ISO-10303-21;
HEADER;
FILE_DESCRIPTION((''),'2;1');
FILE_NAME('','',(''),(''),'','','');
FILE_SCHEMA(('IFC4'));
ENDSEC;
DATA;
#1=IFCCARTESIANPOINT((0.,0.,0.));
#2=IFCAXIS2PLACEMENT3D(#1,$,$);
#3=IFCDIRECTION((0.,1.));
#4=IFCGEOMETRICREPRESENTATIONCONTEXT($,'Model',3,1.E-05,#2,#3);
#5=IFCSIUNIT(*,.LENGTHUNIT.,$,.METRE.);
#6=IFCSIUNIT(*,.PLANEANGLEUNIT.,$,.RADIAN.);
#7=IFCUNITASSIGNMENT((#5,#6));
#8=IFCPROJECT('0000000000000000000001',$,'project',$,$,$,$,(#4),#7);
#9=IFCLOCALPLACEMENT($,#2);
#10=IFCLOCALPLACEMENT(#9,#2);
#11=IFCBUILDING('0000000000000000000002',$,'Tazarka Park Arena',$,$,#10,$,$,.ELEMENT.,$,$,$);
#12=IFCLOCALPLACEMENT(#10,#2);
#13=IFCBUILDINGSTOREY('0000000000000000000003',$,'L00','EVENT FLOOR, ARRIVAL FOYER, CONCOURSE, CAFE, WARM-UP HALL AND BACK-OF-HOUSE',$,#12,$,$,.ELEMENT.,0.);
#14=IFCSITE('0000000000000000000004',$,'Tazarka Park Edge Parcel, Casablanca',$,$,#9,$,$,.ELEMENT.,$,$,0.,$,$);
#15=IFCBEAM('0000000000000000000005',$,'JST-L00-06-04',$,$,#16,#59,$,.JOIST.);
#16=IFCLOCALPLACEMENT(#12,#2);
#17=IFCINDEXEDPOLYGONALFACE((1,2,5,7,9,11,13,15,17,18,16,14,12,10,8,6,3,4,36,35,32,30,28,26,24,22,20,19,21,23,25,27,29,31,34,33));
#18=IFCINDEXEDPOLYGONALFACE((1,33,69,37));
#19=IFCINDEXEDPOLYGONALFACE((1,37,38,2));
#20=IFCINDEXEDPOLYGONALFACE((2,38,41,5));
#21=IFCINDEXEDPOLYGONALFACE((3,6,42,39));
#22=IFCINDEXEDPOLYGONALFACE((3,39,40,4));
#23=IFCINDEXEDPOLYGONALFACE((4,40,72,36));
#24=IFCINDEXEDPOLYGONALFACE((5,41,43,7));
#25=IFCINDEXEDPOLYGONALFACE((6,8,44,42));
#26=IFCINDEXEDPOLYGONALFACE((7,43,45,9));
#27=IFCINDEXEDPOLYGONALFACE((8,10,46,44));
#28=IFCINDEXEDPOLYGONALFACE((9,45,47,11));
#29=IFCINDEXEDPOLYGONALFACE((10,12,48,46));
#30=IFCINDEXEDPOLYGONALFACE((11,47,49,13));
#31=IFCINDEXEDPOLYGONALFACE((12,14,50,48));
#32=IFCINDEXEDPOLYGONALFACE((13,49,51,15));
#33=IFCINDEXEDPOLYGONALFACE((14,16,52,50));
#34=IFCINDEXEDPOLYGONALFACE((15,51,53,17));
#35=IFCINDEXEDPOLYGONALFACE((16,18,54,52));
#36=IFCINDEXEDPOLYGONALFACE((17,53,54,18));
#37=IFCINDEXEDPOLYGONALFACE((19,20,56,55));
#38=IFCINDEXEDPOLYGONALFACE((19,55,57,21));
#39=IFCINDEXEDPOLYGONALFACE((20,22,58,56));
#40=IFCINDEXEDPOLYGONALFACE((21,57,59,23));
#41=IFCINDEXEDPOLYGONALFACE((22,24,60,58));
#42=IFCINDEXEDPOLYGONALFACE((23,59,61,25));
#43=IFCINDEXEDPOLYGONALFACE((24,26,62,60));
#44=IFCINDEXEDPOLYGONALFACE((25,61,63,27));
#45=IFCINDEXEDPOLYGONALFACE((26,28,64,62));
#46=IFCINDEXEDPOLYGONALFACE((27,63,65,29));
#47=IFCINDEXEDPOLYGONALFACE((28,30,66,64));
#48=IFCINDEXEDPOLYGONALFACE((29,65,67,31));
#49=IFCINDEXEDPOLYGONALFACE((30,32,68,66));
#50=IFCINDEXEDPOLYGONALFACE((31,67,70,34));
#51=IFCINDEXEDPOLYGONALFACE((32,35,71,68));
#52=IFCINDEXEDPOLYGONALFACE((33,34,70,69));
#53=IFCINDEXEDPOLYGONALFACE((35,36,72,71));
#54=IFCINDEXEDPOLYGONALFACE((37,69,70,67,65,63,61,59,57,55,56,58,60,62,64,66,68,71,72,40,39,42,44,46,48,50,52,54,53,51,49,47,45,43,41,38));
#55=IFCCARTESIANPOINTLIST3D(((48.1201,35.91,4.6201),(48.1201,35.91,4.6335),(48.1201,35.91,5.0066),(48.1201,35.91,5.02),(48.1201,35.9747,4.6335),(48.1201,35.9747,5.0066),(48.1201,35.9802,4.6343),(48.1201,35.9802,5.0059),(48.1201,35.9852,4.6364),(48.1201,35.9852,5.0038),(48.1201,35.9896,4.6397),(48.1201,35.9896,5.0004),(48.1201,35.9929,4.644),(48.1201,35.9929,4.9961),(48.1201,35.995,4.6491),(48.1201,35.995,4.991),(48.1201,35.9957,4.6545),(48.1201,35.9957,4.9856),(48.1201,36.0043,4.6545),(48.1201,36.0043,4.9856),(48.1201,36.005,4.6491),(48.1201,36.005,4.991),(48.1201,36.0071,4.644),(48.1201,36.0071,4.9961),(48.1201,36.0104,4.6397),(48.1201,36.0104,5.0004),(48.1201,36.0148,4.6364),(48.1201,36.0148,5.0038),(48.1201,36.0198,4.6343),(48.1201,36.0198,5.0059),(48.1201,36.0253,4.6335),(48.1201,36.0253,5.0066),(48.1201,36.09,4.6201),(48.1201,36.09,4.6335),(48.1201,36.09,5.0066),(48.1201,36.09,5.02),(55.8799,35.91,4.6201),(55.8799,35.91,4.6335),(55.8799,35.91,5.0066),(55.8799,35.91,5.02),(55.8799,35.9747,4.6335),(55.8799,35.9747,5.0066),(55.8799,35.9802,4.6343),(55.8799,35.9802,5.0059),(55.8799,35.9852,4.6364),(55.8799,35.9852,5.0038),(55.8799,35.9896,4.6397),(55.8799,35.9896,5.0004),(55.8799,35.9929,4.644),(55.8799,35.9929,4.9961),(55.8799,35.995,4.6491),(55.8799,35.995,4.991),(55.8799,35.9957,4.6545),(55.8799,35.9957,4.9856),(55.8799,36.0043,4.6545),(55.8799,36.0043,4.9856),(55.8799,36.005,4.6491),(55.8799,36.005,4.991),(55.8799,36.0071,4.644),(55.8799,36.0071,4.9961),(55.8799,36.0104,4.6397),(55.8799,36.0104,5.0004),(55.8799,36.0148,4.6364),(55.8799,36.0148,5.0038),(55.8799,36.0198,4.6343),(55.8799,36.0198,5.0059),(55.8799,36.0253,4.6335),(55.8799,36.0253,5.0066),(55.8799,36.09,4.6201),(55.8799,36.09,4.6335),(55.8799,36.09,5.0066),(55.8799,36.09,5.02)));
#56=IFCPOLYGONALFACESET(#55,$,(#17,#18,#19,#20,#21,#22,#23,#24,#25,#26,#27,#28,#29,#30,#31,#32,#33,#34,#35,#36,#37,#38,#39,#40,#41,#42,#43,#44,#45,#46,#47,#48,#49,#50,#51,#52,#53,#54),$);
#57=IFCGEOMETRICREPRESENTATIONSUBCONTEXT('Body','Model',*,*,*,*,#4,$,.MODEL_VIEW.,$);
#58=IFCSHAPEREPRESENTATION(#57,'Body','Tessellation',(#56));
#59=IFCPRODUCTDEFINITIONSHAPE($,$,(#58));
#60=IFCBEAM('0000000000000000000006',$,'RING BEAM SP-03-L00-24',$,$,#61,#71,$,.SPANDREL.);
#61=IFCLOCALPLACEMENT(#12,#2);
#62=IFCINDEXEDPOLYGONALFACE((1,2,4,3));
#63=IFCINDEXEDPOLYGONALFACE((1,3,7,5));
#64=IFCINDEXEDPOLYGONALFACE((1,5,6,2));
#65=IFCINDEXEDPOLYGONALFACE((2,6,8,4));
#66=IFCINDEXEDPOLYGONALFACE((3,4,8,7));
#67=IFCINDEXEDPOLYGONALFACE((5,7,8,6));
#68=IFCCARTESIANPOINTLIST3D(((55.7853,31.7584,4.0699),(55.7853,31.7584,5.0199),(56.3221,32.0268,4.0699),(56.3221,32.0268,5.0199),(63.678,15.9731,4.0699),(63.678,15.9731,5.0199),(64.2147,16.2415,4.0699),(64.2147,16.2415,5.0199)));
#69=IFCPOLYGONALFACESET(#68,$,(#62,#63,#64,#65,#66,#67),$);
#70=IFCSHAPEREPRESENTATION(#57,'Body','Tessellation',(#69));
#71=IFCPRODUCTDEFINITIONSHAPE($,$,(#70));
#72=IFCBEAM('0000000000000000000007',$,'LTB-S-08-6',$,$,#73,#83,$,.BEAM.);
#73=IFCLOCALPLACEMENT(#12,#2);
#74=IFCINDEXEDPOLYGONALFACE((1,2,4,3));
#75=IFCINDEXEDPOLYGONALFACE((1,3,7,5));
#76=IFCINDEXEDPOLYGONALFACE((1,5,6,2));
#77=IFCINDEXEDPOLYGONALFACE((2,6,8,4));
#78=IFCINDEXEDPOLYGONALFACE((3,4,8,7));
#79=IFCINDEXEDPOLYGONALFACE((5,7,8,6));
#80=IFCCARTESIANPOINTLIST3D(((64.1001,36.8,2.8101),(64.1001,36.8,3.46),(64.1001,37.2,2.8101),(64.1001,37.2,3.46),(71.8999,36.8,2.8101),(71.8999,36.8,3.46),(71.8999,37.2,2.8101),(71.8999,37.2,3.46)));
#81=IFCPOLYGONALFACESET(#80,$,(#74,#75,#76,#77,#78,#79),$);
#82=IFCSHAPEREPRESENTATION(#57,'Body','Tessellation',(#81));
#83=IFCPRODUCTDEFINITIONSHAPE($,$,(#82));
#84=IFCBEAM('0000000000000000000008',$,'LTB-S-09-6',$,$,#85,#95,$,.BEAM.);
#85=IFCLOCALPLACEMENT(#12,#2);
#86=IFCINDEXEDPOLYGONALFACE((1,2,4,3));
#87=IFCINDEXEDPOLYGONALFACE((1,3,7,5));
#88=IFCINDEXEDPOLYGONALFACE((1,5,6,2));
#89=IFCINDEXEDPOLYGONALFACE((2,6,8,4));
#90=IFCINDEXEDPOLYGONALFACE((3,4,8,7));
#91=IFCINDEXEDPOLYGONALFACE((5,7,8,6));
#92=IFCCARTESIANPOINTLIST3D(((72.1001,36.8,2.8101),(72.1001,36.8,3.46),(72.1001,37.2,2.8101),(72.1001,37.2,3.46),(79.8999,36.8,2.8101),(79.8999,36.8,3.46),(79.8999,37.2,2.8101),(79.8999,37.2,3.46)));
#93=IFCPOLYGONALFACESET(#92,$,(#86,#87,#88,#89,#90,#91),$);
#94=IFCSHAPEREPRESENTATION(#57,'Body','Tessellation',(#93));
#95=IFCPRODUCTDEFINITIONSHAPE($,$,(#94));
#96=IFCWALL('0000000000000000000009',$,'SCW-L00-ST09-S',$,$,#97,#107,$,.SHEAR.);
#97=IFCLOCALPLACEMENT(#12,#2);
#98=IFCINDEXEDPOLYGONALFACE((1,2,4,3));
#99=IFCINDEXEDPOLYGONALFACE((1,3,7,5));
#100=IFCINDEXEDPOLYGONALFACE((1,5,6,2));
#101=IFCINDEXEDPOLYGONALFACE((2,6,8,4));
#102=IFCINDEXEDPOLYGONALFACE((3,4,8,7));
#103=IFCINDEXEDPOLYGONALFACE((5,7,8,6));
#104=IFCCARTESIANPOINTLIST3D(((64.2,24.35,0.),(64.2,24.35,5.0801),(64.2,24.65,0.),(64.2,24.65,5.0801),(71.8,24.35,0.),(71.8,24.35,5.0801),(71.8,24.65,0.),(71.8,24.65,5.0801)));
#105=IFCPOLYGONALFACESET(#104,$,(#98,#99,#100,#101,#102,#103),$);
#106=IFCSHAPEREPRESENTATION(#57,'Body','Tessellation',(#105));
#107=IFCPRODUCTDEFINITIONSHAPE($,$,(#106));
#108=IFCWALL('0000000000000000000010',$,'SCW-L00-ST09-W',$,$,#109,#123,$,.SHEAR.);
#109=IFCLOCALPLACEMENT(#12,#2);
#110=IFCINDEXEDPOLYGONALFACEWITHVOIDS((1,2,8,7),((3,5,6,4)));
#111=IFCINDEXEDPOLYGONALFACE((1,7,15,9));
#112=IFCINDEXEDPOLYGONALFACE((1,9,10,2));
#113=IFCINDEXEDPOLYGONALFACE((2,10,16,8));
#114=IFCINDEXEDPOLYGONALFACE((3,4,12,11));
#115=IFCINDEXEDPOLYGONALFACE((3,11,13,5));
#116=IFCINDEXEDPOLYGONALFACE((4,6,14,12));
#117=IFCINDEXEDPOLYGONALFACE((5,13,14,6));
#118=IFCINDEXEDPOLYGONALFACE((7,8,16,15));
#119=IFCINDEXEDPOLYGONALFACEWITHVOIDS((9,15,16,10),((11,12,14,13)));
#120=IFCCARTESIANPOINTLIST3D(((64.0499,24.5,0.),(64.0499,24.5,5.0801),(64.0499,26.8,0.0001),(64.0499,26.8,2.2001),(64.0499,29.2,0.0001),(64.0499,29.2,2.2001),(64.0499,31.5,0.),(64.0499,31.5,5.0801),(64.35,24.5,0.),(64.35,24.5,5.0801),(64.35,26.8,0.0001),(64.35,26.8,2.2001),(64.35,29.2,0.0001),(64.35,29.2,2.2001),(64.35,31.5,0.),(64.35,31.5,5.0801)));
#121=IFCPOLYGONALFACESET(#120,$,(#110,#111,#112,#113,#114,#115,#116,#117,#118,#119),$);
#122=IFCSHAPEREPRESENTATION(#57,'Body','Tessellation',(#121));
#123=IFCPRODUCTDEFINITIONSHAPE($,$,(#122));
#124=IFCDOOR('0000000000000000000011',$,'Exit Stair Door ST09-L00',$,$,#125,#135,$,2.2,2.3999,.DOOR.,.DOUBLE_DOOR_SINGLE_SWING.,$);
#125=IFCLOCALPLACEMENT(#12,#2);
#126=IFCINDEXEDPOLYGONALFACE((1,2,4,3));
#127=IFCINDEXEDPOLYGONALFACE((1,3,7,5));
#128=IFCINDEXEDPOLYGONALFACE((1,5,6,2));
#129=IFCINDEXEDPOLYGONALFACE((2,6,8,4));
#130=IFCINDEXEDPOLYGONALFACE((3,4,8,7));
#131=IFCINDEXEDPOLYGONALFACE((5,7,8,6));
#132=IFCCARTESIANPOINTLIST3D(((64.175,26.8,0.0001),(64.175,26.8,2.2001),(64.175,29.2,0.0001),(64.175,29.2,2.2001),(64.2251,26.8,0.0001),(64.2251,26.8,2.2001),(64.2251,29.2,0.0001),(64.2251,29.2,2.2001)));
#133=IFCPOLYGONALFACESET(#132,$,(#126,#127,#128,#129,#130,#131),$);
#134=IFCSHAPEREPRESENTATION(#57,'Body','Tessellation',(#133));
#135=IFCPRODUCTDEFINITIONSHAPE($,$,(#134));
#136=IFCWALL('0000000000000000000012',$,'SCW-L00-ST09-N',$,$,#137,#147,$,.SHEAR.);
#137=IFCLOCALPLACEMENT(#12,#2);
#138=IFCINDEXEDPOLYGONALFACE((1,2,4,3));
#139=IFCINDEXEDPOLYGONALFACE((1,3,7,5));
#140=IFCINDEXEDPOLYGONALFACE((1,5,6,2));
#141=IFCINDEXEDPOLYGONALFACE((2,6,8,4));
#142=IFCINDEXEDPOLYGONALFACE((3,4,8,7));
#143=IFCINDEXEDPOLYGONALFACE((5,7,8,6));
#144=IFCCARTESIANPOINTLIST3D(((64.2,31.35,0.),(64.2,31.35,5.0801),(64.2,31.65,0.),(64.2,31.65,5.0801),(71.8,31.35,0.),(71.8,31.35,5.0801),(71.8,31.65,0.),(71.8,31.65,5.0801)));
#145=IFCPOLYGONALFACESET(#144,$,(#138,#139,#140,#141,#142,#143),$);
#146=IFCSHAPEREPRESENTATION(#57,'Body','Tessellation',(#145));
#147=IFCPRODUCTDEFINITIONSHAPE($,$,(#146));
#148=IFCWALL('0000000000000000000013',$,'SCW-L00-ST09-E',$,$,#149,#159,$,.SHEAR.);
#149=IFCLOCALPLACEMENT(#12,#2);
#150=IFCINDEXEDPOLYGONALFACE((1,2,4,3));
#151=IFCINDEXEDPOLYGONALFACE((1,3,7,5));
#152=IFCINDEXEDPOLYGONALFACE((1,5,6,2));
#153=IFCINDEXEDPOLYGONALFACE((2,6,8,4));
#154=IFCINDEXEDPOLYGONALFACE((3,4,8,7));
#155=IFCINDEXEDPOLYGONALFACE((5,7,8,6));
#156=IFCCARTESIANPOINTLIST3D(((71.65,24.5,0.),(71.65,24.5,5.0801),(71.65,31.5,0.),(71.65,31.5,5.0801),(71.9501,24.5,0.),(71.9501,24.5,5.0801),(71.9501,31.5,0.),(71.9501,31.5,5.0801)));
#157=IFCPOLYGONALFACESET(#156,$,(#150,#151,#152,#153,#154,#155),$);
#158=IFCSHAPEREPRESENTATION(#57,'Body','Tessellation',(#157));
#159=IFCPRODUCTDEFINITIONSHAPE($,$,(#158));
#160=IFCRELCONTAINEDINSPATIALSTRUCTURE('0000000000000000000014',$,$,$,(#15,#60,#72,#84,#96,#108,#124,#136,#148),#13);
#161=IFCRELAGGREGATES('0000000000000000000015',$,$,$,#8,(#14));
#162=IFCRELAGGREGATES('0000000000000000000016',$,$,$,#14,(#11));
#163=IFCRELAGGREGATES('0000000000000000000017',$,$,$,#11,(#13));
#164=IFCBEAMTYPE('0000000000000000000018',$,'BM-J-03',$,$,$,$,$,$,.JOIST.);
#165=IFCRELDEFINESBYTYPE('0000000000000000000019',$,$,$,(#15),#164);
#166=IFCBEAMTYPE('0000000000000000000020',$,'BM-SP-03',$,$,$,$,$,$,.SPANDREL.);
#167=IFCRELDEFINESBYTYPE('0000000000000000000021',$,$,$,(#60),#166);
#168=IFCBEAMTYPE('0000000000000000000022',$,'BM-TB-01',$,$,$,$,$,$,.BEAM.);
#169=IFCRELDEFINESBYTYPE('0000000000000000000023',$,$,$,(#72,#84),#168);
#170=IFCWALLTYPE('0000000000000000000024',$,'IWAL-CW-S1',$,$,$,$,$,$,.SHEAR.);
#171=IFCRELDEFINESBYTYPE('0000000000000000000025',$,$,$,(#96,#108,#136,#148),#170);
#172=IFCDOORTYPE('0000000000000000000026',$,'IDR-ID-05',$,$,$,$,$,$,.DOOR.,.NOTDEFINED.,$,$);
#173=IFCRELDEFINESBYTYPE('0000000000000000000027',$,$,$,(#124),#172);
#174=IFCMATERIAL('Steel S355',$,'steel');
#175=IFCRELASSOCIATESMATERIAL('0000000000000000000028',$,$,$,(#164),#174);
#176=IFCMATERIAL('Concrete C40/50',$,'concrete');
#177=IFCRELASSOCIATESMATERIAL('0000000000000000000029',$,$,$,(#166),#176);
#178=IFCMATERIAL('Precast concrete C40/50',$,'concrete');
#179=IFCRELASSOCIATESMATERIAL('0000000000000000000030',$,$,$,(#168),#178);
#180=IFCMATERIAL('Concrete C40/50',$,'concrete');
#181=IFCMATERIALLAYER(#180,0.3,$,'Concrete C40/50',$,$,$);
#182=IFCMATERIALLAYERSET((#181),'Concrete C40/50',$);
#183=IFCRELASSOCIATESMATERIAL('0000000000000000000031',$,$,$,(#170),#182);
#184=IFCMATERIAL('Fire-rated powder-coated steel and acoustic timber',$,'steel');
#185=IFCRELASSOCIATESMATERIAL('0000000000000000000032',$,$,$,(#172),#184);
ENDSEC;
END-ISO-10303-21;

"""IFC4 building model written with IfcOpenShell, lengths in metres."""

from ifc_helpers import new_model, si_unit, direction, frame, frame_2d, origin, origin_2d, place, context, subcontext, project, spatial, rectangle, i_section, extrude, material, layer, layer_set, material_profile, profile_set, type_object, element, fill, save


model = new_model("IFC4")

# Units and contexts
model_context = context("Model", 3, precision=1e-05, world=origin(), true_north=direction((0.0, 1.0)))
body_context = subcontext(model_context, "Body", "Model", "MODEL_VIEW")
ifc_project = project(units=[si_unit("LENGTHUNIT", "METRE"), si_unit("PLANEANGLEUNIT", "RADIAN")], contexts=[model_context])

# Site, building, storey
site_placement = place(None, origin())
site = spatial("IfcSite", under=ifc_project, at=site_placement, Name="Tazarka Park Edge Parcel, Casablanca", CompositionType="ELEMENT", RefElevation=0.0)
building_placement = place(site_placement, origin())
building = spatial("IfcBuilding", under=site, at=building_placement, Name="Tazarka Park Arena", CompositionType="ELEMENT")
storey_placement = place(building_placement, origin())
storey = spatial("IfcBuildingStorey", under=building, at=storey_placement, Name="L00", Description="EVENT FLOOR, ARRIVAL FOYER, CONCOURSE, CAFE, WARM-UP HALL AND BACK-OF-HOUSE", CompositionType="ELEMENT", Elevation=0.0)

# Beams
ifc_material_1 = material(Name="Steel S355", Category="steel")
ifc_material_profile_1 = material_profile(ifc_material_1, i_section(OverallWidth=0.1799, OverallDepth=0.3999, WebThickness=0.0085, FlangeThickness=0.0134, FilletRadius=0.021, at=origin_2d()), Name="Steel S355")
ifc_profile_set_1 = profile_set([ifc_material_profile_1], Name="Steel S355")
beam_type_1 = type_object("IfcBeamType", Name="BM-J-03", PredefinedType="JOIST", material=ifc_profile_set_1)
beam_1_placement = place(storey_placement, frame((48.1201, 36.0, 4.8201), z_axis=(1.0, 0.0, 0.0), x_axis=(0.0, 1.0, 0.0)))
element("IfcBeam", 1, at=beam_1_placement, inside=storey, type_object=beam_type_1, Name="JST-L00-06-04", PredefinedType="JOIST", context=body_context, shape_type="SweptSolid", body=[
    extrude(i_section(OverallWidth=0.1799, OverallDepth=0.3999, WebThickness=0.0085, FlangeThickness=0.0134, FilletRadius=0.021, at=origin_2d()), origin(), (0.0, 0.0, 1.0), 7.7598),
])
ifc_material_2 = material(Name="Concrete C40/50", Category="concrete")
ifc_material_profile_2 = material_profile(ifc_material_2, rectangle(XDim=0.6001, YDim=0.95, at=origin_2d()), Name="Concrete C40/50")
ifc_profile_set_2 = profile_set([ifc_material_profile_2], Name="Concrete C40/50")
beam_type_2 = type_object("IfcBeamType", Name="BM-SP-03", PredefinedType="SPANDREL", material=ifc_profile_set_2)
beam_2_placement = place(storey_placement, frame((56.0537, 31.8926, 4.5449), z_axis=(0.447214, -0.894427, 0.0), x_axis=(0.894427, 0.447214, 0.0)))
element("IfcBeam", 2, at=beam_2_placement, inside=storey, type_object=beam_type_2, Name="RING BEAM SP-03-L00-24", PredefinedType="SPANDREL", context=body_context, shape_type="SweptSolid", body=[
    extrude(rectangle(XDim=0.6001, YDim=0.95, at=origin_2d()), origin(), (0.0, 0.0, 1.0), 17.6484),
])
ifc_material_3 = material(Name="Precast concrete C40/50", Category="concrete")
ifc_material_profile_3 = material_profile(ifc_material_3, rectangle(XDim=0.3999, YDim=0.6499, at=origin_2d()), Name="Precast concrete C40/50")
ifc_profile_set_3 = profile_set([ifc_material_profile_3], Name="Precast concrete C40/50")
beam_type_3 = type_object("IfcBeamType", Name="BM-TB-01", PredefinedType="BEAM", material=ifc_profile_set_3)
for number, where, z_axis, x_axis, name in (
    (3, (64.1001, 37.0, 3.135), (1.0, 0.0, 0.0), (0.0, 1.0, 0.0), "LTB-S-08-6"),
    (4, (72.1001, 37.0, 3.135), (1.0, 0.0, 0.0), (0.0, 1.0, 0.0), "LTB-S-09-6"),
):
    element("IfcBeam", number, at=place(storey_placement, frame(where, z_axis=z_axis, x_axis=x_axis)), inside=storey, type_object=beam_type_3, Name=name, PredefinedType="BEAM", context=body_context, shape_type="SweptSolid", body=[
        extrude(rectangle(XDim=0.3999, YDim=0.6499, at=origin_2d()), origin(), (0.0, 0.0, 1.0), 7.7998),
    ])

# Wall
ifc_material_4 = material(Name="Concrete C40/50", Category="concrete")
ifc_layer = layer(ifc_material_4, 0.3, Name="Concrete C40/50")
ifc_layer_set = layer_set([ifc_layer], Name="Concrete C40/50")
wall_type = type_object("IfcWallType", Name="IWAL-CW-S1", PredefinedType="SHEAR", material=ifc_layer_set)
wall_1_placement = place(storey_placement, frame((71.8, 24.5, 0.0), z_axis=(0.0, 0.0, 1.0), x_axis=(-1.0, 0.0, 0.0)))
element("IfcWall", 5, at=wall_1_placement, inside=storey, type_object=wall_type, Name="SCW-L00-ST09-S", PredefinedType="SHEAR", context=body_context, shape_type="SweptSolid", body=[
    extrude(rectangle(XDim=7.6001, YDim=0.3, at=frame_2d((3.8, 0.0))), origin(), (0.0, 0.0, 1.0), 5.0801),
])

# Wall, opening, door
wall_2_placement = place(storey_placement, frame((64.2, 24.5, 0.0), z_axis=(0.0, 0.0, 1.0), x_axis=(0.0, 1.0, 0.0)))
wall_2 = element("IfcWall", 6, at=wall_2_placement, inside=storey, type_object=wall_type, Name="SCW-L00-ST09-W", PredefinedType="SHEAR", context=body_context, shape_type="SweptSolid", body=[
    extrude(rectangle(XDim=7.0, YDim=0.3, at=frame_2d((3.5, 0.0))), origin(), (0.0, 0.0, 1.0), 5.0801),
])
opening_placement = place(wall_2_placement, frame((2.3, 0.0, 0.0)))
opening = element("IfcOpeningElement", 7, at=opening_placement, cuts=wall_2, PredefinedType="OPENING", context=body_context, shape_type="SweptSolid", body=[
    extrude(rectangle(XDim=2.3999, YDim=2.2, at=frame_2d((1.2, 1.1001))), frame((0.0, 0.1602, 0.0), z_axis=(0.0, -1.0, 0.0), x_axis=(1.0, 0.0, 0.0)), (0.0, 0.0, 1.0), 0.3201),
])
ifc_material_5 = material(Name="Fire-rated powder-coated steel and acoustic timber", Category="steel")
door_type = type_object("IfcDoorType", Name="IDR-ID-05", OperationType="NOTDEFINED", PredefinedType="DOOR", material=ifc_material_5)
door_placement = place(opening_placement, origin())
door = element("IfcDoor", 8, at=door_placement, inside=storey, type_object=door_type, Name="Exit Stair Door ST09-L00", OperationType="DOUBLE_DOOR_SINGLE_SWING", OverallHeight=2.2, OverallWidth=2.3999, PredefinedType="DOOR", context=body_context, shape_type="SweptSolid", body=[
    extrude(rectangle(XDim=2.3999, YDim=2.2, at=frame_2d((1.2, 1.1001))), frame((0.0, 0.0249, 0.0), z_axis=(0.0, -1.0, 0.0), x_axis=(1.0, 0.0, 0.0)), (0.0, 0.0, 1.0), 0.05),
])
fill(opening, door)

# Walls
wall_3_placement = place(storey_placement, frame((64.2, 31.5, 0.0), z_axis=(0.0, 0.0, 1.0), x_axis=(1.0, 0.0, 0.0)))
element("IfcWall", 9, at=wall_3_placement, inside=storey, type_object=wall_type, Name="SCW-L00-ST09-N", PredefinedType="SHEAR", context=body_context, shape_type="SweptSolid", body=[
    extrude(rectangle(XDim=7.6001, YDim=0.3, at=frame_2d((3.8, 0.0))), origin(), (0.0, 0.0, 1.0), 5.0801),
])
wall_4_placement = place(storey_placement, frame((71.8, 31.5, 0.0), z_axis=(0.0, 0.0, 1.0), x_axis=(0.0, -1.0, 0.0)))
element("IfcWall", 10, at=wall_4_placement, inside=storey, type_object=wall_type, Name="SCW-L00-ST09-E", PredefinedType="SHEAR", context=body_context, shape_type="SweptSolid", body=[
    extrude(rectangle(XDim=7.0, YDim=0.3, at=frame_2d((3.5, 0.0))), origin(), (0.0, 0.0, 1.0), 5.0801),
])

save(model, "model.ifc")
